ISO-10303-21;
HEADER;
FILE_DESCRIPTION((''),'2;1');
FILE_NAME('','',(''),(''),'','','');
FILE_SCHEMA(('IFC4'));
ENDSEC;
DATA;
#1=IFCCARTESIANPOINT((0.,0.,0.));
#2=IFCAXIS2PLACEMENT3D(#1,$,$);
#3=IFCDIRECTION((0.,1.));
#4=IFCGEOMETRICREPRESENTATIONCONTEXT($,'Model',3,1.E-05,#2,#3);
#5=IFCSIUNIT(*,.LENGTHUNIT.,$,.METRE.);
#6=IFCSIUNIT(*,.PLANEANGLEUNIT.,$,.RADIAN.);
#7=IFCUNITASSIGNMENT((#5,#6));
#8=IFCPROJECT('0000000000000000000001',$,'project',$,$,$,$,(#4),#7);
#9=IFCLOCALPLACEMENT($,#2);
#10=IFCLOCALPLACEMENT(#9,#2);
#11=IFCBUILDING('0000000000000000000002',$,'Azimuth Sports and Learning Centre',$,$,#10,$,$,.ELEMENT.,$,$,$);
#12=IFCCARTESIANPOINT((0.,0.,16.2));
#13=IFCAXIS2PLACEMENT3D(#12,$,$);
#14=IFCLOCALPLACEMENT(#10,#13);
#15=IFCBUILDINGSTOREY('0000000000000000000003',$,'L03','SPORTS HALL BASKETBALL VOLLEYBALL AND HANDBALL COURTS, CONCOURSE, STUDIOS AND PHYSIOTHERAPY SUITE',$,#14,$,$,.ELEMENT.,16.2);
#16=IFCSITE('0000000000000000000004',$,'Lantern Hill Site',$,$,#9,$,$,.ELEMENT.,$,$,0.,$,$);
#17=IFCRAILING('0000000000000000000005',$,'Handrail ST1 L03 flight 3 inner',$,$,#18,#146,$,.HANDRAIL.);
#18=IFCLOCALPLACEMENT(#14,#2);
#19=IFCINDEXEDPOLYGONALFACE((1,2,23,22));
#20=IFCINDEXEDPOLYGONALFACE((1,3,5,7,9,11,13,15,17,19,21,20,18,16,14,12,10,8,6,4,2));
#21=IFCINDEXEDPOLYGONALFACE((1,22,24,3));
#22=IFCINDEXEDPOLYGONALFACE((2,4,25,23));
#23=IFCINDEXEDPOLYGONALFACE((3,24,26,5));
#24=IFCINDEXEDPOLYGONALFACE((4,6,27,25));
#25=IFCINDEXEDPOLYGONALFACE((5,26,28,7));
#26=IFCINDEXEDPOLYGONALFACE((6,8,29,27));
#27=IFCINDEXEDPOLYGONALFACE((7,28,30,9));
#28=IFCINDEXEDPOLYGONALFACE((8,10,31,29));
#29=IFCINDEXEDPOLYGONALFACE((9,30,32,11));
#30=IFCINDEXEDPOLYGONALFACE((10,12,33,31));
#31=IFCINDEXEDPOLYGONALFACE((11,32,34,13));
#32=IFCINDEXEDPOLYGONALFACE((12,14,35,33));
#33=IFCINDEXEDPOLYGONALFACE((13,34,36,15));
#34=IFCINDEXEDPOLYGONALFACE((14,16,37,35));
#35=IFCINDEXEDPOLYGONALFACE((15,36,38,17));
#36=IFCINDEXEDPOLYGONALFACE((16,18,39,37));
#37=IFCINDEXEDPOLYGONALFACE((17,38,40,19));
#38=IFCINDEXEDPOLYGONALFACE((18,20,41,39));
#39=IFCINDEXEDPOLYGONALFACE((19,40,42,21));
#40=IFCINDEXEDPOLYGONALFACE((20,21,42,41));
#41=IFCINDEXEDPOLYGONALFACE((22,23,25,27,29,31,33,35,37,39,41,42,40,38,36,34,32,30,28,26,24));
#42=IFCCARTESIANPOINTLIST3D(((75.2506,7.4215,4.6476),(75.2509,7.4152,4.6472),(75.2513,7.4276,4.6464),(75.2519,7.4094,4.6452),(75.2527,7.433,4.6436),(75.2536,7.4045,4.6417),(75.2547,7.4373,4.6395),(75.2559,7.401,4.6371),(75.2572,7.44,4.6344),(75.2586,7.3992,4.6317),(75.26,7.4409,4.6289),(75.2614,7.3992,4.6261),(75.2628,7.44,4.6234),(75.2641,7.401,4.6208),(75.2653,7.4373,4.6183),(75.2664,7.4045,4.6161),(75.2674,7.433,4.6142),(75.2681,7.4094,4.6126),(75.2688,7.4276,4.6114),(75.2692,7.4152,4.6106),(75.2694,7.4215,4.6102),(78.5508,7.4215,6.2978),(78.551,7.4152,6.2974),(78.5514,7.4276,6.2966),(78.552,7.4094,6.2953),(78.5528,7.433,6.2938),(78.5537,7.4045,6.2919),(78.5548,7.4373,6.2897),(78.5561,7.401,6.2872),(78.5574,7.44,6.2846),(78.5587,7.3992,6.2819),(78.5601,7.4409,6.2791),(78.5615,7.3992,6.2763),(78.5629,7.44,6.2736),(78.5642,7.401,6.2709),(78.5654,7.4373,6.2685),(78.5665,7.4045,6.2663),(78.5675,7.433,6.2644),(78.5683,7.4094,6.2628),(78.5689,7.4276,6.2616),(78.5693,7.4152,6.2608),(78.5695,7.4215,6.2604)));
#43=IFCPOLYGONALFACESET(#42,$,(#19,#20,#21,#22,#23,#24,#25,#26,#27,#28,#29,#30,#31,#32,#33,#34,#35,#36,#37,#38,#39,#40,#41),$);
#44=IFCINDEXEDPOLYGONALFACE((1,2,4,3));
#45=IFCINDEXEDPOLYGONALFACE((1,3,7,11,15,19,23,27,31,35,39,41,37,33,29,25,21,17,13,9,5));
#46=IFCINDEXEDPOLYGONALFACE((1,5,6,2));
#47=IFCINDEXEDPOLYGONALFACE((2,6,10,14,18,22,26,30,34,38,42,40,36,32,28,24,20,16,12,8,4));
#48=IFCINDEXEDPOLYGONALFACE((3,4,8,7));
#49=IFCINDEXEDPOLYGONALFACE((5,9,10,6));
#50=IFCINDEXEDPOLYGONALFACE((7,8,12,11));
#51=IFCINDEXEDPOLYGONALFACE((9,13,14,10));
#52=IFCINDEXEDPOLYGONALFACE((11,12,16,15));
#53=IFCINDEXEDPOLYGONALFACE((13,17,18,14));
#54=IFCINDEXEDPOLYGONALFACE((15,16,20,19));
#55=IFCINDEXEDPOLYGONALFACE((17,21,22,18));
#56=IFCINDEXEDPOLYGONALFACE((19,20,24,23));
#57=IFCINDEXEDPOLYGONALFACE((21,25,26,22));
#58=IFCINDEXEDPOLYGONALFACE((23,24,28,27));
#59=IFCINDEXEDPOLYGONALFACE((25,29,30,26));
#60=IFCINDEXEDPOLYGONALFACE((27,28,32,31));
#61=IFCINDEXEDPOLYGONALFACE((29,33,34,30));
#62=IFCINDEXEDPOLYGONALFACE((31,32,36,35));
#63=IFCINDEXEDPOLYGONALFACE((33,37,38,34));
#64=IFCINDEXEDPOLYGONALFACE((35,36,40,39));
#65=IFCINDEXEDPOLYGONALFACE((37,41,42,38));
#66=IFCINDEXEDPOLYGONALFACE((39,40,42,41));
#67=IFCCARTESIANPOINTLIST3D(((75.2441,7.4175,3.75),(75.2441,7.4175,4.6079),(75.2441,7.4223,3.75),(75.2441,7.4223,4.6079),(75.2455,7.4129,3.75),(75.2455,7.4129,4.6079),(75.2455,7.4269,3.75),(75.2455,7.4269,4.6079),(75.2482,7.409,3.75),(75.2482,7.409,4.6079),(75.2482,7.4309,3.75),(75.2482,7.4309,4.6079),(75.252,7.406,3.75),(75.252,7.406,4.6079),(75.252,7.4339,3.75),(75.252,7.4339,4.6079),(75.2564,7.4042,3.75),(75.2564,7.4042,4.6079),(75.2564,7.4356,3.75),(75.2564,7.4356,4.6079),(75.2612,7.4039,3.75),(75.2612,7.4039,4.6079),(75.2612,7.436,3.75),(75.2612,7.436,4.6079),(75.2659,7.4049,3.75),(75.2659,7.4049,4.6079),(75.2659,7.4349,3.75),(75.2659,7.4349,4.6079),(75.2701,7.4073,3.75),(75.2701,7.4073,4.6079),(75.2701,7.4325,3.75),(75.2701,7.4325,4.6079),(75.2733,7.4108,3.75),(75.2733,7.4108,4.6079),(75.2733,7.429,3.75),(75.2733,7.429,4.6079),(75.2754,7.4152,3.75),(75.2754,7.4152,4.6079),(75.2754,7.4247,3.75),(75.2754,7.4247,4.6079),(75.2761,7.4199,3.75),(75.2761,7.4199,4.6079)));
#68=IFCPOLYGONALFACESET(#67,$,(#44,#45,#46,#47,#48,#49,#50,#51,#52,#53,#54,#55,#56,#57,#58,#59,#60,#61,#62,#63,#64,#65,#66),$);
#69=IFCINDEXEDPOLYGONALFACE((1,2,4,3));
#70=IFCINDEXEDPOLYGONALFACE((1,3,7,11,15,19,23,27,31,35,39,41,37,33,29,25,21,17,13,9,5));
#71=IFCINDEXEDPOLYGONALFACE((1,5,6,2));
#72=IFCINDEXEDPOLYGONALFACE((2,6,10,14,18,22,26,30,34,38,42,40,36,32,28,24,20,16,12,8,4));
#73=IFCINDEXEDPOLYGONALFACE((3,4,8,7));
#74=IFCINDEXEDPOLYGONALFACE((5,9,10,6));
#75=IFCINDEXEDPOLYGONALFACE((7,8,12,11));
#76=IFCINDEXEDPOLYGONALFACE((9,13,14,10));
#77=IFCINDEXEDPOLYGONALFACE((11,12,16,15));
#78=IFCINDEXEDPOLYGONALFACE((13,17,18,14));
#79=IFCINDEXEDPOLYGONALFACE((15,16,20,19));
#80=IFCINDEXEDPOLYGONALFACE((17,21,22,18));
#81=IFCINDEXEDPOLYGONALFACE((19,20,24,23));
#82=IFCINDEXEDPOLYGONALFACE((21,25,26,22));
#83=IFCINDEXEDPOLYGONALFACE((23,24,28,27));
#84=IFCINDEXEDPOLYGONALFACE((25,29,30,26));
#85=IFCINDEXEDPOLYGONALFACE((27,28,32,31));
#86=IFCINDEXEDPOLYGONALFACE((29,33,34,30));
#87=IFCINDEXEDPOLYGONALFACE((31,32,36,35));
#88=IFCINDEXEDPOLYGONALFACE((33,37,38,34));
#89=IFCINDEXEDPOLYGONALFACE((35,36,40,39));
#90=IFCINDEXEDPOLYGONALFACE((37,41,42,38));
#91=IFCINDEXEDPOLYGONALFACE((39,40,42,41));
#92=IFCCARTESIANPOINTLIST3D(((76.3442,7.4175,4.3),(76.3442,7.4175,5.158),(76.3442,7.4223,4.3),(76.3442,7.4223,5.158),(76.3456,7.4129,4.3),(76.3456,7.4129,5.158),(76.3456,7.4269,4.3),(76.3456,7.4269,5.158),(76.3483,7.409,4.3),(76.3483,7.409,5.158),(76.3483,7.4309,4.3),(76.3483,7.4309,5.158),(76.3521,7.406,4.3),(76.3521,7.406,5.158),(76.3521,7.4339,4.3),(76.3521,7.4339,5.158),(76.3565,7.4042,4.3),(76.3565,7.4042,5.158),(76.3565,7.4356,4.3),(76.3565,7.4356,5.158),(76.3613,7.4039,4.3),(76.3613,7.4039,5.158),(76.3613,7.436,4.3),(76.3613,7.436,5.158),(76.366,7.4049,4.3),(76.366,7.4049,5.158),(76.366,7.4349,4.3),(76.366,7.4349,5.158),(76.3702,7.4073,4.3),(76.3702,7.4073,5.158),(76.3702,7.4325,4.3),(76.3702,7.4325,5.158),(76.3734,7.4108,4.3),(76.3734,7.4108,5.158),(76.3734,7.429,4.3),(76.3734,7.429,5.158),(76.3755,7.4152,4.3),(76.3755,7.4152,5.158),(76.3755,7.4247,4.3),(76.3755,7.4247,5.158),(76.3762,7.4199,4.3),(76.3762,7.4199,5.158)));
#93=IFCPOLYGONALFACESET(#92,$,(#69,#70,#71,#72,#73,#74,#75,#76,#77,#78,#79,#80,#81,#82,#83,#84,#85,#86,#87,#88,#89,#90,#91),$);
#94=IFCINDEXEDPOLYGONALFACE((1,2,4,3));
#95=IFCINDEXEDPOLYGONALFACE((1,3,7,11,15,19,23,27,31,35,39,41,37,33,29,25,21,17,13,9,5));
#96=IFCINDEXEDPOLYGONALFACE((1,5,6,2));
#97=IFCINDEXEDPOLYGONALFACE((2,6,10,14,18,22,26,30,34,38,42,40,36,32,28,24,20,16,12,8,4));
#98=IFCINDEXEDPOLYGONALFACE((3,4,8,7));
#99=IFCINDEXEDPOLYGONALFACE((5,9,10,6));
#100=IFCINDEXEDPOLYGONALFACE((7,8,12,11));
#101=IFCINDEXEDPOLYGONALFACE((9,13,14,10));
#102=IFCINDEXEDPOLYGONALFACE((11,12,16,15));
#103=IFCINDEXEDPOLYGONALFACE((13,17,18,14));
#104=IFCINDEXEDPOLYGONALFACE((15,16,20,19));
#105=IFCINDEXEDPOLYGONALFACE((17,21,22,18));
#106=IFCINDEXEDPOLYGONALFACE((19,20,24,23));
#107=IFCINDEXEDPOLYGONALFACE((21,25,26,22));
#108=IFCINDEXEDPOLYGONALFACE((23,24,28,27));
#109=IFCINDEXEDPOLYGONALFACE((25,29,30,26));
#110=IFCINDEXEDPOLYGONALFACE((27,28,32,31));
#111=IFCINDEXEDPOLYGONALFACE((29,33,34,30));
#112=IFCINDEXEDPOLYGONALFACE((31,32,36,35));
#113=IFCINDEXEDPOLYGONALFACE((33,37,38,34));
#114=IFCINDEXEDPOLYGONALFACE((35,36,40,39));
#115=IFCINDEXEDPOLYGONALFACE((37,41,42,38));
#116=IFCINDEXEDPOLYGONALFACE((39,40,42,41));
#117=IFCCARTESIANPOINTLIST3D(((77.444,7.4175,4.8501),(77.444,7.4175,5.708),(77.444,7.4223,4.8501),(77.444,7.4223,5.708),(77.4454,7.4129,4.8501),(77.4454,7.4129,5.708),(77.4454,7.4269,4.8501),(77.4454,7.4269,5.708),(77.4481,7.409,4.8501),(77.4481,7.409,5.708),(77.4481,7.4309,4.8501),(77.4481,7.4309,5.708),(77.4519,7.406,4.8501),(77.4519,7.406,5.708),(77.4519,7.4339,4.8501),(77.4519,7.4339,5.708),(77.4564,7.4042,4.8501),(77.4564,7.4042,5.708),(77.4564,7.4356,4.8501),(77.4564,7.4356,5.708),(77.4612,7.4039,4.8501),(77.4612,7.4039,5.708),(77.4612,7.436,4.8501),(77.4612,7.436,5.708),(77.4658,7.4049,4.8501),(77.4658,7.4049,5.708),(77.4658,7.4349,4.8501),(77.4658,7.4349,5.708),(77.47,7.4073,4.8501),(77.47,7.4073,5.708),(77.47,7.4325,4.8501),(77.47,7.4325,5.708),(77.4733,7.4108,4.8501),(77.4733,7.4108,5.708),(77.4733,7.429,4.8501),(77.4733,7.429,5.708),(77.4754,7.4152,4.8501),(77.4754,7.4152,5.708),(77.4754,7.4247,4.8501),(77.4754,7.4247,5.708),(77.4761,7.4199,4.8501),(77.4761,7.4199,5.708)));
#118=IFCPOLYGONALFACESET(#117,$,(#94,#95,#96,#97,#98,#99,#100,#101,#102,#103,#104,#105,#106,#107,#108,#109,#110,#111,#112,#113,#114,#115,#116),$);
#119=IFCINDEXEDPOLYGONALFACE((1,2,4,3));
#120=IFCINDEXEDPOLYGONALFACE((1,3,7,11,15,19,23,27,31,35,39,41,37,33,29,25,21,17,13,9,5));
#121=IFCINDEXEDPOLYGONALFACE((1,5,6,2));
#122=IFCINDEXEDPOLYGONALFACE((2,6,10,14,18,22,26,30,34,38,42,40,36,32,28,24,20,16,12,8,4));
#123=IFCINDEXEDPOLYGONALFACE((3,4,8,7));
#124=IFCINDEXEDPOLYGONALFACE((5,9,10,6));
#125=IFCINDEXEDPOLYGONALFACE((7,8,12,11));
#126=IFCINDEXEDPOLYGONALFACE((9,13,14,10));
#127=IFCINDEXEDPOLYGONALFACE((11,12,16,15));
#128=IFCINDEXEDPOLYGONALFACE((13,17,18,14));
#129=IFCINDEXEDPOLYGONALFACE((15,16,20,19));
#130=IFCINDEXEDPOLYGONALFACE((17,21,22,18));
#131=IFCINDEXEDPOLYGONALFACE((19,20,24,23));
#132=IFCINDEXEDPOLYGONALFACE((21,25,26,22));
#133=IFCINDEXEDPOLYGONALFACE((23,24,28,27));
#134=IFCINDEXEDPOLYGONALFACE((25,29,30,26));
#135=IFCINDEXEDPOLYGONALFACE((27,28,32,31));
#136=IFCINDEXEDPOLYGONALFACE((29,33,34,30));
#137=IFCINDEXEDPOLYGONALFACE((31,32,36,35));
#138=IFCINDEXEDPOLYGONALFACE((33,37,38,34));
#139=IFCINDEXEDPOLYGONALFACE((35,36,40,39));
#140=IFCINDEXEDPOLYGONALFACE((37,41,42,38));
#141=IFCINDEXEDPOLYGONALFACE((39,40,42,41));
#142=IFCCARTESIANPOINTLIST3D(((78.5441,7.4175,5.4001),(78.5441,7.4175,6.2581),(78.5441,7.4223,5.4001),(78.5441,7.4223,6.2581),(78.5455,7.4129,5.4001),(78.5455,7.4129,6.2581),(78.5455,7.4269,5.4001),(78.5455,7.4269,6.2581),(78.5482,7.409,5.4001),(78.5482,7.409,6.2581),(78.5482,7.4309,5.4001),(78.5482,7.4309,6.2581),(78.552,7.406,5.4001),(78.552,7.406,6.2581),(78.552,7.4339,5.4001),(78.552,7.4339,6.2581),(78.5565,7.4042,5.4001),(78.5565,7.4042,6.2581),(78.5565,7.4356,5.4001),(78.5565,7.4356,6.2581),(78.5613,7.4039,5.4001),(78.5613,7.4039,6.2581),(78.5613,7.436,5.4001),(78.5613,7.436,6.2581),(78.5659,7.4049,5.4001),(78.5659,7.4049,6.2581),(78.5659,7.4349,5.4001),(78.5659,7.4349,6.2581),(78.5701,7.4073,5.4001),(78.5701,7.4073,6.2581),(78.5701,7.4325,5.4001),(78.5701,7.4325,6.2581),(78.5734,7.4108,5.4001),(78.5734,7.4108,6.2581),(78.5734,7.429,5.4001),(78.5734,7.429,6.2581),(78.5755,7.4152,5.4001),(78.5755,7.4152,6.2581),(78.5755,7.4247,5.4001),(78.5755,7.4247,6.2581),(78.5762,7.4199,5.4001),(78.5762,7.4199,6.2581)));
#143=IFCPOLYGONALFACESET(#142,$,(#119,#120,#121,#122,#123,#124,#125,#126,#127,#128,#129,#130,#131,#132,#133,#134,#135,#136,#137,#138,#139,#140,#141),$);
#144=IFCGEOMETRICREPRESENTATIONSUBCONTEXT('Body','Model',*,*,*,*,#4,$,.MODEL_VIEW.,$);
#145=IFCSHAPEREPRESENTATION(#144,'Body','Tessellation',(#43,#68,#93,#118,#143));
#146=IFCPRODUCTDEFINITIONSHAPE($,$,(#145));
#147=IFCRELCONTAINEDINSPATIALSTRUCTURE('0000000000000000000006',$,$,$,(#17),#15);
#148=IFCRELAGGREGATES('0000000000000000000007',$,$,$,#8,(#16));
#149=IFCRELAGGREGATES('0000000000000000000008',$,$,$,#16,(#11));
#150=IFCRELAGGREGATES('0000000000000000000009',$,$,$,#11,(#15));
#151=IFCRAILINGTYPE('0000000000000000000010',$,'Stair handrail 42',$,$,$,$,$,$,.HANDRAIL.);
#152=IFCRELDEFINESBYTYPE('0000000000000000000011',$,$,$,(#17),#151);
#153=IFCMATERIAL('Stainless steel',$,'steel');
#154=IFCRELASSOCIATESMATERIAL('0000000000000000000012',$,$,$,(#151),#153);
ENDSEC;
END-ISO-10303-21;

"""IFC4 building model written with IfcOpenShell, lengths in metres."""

from ifc_helpers import new_model, si_unit, direction, frame, origin, origin_2d, place, context, subcontext, project, spatial, circle, extrude, material, type_object, element, save


model = new_model("IFC4")

# Units and contexts
model_context = context("Model", 3, precision=1e-05, world=origin(), true_north=direction((0.0, 1.0)))
body_context = subcontext(model_context, "Body", "Model", "MODEL_VIEW")
ifc_project = project(units=[si_unit("LENGTHUNIT", "METRE"), si_unit("PLANEANGLEUNIT", "RADIAN")], contexts=[model_context])

# Site, building, storey
site_placement = place(None, origin())
site = spatial("IfcSite", under=ifc_project, at=site_placement, Name="Lantern Hill Site", CompositionType="ELEMENT", RefElevation=0.0)
building_placement = place(site_placement, origin())
building = spatial("IfcBuilding", under=site, at=building_placement, Name="Azimuth Sports and Learning Centre", CompositionType="ELEMENT")
storey_placement = place(building_placement, frame((0.0, 0.0, 16.2)))
storey = spatial("IfcBuildingStorey", under=building, at=storey_placement, Name="L03", Description="SPORTS HALL BASKETBALL VOLLEYBALL AND HANDBALL COURTS, CONCOURSE, STUDIOS AND PHYSIOTHERAPY SUITE", CompositionType="ELEMENT", Elevation=16.2)

# Railing
ifc_material_1 = material(Name="Stainless steel", Category="steel")
railing_type_1 = type_object("IfcRailingType", Name="Stair handrail 42", PredefinedType="HANDRAIL", material=ifc_material_1)
railing_1_placement = place(storey_placement, frame((75.26, 7.4199, 3.75)))
element("IfcRailing", 1, at=railing_1_placement, inside=storey, type_object=railing_type_1, Name="Handrail ST1 L03 flight 3 inner", PredefinedType="HANDRAIL", context=body_context, shape_type="SweptSolid", body=[
    extrude(circle(Radius=0.021, at=origin_2d()), frame((0.0, 0.0, 0.8789), z_axis=(0.894414, 0.0, 0.44724), x_axis=(0.0, 1.0, 0.0)), (0.0, 0.0, 1.0), 3.6897),
    extrude(circle(Radius=0.0161, at=origin_2d()), origin(), (0.0, 0.0, 1.0), 0.8579),
    extrude(circle(Radius=0.0161, at=origin_2d()), frame((1.1001, 0.0, 0.55)), (0.0, 0.0, 1.0), 0.8579),
    extrude(circle(Radius=0.0161, at=origin_2d()), frame((2.2, 0.0, 1.1001)), (0.0, 0.0, 1.0), 0.8579),
    extrude(circle(Radius=0.0161, at=origin_2d()), frame((3.3, 0.0, 1.6501)), (0.0, 0.0, 1.0), 0.8579),
])

save(model, "model.ifc")
